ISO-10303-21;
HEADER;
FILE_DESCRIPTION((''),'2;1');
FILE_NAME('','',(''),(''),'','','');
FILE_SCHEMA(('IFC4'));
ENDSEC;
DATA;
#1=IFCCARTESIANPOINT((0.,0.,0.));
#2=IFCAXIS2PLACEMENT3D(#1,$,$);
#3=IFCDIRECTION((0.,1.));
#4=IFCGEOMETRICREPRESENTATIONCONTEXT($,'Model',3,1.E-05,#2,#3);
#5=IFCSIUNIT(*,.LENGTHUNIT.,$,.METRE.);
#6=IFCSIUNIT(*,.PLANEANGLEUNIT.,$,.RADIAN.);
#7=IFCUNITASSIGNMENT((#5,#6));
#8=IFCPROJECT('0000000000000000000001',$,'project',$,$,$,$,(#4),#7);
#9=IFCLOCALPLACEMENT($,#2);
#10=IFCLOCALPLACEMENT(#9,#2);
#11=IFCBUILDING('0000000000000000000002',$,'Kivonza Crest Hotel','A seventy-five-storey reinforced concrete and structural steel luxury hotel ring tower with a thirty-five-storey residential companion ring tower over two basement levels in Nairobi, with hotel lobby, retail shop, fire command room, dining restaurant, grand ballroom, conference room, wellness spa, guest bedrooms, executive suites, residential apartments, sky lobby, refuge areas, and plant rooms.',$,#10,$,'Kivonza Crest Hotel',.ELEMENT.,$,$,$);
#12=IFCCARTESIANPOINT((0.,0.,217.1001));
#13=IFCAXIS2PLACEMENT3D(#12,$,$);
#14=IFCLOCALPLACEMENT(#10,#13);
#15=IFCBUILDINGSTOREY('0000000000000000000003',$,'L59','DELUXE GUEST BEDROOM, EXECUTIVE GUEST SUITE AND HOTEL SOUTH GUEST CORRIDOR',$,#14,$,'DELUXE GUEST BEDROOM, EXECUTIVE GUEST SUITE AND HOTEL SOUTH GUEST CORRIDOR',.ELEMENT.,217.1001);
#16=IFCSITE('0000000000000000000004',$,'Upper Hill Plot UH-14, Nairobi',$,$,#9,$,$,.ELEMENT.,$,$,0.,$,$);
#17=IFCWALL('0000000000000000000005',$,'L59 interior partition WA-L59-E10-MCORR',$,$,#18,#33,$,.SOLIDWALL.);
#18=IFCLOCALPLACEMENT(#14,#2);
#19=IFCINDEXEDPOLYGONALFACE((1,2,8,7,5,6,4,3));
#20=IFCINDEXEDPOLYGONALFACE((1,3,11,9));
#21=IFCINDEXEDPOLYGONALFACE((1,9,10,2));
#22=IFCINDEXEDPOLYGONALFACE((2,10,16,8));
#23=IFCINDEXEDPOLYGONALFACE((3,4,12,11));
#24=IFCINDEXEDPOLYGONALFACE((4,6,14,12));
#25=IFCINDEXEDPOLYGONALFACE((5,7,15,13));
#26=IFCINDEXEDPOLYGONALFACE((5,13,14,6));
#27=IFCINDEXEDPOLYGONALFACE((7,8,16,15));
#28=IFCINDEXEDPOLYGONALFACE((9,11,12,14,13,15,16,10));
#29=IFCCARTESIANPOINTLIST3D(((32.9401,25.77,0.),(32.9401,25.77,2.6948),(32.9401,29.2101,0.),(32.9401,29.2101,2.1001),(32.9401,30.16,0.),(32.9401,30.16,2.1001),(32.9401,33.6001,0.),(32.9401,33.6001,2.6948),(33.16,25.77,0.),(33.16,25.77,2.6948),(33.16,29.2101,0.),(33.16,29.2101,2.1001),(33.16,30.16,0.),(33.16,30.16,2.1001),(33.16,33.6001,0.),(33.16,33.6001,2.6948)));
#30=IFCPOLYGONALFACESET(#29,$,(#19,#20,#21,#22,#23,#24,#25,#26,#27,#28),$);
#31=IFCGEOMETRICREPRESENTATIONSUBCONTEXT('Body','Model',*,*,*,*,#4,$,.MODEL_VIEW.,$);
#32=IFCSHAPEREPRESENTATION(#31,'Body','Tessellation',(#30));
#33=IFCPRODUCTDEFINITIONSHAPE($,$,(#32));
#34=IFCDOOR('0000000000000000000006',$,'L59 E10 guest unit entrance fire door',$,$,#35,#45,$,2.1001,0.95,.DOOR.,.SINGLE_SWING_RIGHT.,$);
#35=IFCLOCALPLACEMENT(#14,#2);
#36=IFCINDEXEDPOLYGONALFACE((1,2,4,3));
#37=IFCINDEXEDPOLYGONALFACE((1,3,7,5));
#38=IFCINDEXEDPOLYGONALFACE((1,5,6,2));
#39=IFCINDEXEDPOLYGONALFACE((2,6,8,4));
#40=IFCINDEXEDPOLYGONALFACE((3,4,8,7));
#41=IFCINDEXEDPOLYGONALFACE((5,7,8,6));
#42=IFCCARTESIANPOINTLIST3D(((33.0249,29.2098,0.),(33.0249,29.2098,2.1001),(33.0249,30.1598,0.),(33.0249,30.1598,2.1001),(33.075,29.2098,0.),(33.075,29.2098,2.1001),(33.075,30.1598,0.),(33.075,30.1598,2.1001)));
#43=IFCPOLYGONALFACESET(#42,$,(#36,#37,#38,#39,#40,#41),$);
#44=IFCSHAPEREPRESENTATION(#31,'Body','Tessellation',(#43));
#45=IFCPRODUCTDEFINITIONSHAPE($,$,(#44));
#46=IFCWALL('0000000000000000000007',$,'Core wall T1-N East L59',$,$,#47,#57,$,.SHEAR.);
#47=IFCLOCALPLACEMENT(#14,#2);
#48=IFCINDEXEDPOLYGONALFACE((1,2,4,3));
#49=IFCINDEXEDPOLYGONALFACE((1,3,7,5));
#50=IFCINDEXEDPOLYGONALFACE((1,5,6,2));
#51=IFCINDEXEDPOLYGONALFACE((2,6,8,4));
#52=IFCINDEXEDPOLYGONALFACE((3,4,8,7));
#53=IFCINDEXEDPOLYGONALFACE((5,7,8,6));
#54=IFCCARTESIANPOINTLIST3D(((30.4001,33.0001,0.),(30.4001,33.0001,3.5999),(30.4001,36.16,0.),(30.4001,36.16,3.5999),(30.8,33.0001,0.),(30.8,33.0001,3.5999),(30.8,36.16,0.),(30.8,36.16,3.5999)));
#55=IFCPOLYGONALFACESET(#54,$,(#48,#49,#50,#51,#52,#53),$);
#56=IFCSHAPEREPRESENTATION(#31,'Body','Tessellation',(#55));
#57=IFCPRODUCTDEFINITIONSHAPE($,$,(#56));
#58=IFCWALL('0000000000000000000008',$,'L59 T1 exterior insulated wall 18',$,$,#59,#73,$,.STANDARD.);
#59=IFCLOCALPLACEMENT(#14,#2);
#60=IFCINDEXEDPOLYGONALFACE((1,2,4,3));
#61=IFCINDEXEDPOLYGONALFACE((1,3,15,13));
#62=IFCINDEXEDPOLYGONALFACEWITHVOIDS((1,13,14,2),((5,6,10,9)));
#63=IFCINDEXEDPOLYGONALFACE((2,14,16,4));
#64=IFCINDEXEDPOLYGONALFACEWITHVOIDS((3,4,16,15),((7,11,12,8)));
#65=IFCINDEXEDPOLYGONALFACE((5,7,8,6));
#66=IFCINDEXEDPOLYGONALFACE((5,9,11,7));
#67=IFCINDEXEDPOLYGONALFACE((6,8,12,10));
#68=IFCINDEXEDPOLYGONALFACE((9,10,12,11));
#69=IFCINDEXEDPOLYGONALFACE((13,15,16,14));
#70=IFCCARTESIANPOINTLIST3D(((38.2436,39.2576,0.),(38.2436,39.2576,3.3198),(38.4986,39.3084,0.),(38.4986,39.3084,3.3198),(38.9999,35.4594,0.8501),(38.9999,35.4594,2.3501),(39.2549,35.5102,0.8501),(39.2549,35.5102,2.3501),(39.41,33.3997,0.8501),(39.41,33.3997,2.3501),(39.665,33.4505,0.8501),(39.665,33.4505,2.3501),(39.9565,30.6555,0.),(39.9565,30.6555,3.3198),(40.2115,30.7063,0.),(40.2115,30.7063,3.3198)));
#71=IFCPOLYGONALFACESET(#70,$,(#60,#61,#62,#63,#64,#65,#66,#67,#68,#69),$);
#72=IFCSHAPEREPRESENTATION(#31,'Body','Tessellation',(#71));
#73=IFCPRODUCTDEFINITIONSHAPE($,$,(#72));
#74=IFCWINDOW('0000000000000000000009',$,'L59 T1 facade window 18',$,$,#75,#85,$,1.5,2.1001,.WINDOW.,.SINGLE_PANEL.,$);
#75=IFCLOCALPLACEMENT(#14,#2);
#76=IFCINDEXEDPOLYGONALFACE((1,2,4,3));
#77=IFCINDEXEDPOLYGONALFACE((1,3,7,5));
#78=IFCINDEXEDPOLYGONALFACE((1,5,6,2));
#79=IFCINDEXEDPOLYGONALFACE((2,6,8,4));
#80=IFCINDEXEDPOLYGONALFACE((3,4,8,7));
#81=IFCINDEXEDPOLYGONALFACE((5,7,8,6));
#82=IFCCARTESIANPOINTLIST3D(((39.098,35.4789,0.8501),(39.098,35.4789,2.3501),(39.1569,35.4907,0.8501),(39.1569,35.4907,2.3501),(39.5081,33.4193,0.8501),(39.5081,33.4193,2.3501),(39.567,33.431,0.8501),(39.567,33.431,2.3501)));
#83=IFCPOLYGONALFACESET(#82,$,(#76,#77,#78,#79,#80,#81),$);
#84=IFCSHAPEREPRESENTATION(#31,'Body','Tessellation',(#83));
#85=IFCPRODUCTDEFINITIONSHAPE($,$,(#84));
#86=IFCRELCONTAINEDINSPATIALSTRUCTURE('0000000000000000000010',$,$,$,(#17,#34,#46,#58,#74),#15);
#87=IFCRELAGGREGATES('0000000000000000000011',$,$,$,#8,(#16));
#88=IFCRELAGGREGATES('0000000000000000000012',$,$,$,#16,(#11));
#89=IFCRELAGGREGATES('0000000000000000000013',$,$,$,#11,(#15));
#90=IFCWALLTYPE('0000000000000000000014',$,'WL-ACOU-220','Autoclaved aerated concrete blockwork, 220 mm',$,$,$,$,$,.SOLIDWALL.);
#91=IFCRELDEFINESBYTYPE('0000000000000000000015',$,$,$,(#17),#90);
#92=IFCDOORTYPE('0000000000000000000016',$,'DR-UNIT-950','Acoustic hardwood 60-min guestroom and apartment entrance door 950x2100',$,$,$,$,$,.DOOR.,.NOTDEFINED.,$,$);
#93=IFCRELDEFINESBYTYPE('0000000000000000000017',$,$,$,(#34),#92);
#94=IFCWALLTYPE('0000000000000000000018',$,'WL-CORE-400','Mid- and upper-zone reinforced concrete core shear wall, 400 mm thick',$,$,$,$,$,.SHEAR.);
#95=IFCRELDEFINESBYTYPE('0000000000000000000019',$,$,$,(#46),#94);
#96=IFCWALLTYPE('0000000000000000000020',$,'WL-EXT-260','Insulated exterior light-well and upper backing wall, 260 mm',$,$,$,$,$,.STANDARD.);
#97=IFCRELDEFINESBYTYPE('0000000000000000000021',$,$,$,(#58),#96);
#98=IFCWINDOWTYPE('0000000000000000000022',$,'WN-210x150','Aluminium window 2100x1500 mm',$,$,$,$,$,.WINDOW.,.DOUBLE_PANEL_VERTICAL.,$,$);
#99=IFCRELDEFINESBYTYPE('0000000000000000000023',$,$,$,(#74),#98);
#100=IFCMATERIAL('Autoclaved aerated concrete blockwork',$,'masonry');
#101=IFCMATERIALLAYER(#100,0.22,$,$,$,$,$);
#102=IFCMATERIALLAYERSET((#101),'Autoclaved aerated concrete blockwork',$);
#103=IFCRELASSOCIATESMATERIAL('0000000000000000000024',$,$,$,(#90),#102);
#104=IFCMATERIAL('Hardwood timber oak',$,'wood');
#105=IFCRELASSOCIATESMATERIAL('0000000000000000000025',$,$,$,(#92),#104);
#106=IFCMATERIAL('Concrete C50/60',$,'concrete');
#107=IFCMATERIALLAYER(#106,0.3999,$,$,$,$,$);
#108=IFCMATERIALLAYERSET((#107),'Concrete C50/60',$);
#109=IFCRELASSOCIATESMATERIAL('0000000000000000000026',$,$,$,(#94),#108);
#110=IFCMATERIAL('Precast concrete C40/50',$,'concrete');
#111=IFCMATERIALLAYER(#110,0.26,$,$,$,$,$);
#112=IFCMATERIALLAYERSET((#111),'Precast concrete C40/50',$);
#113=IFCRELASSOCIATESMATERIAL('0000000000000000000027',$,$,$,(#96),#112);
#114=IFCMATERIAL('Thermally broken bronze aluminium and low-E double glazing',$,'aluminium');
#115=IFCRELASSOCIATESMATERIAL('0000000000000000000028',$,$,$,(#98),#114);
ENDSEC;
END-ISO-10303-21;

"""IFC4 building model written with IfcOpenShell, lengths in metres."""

from ifc_helpers import new_model, si_unit, direction, frame, frame_2d, origin, place, context, subcontext, project, spatial, rectangle, extrude, material, layer, layer_set, type_object, element, fill, save


model = new_model("IFC4")

# Units and contexts
model_context = context("Model", 3, precision=1e-05, world=origin(), true_north=direction((0.0, 1.0)))
body_context = subcontext(model_context, "Body", "Model", "MODEL_VIEW")
ifc_project = project(units=[si_unit("LENGTHUNIT", "METRE"), si_unit("PLANEANGLEUNIT", "RADIAN")], contexts=[model_context])

# Site, building, storey
site_placement = place(None, origin())
site = spatial("IfcSite", under=ifc_project, at=site_placement, Name="Upper Hill Plot UH-14, Nairobi", CompositionType="ELEMENT", RefElevation=0.0)
building_placement = place(site_placement, origin())
building = spatial("IfcBuilding", under=site, at=building_placement, Name="Kivonza Crest Hotel", Description="A seventy-five-storey reinforced concrete and structural steel luxury hotel ring tower with a thirty-five-storey residential companion ring tower over two basement levels in Nairobi, with hotel lobby, retail shop, fire command room, dining restaurant, grand ballroom, conference room, wellness spa, guest bedrooms, executive suites, residential apartments, sky lobby, refuge areas, and plant rooms.", LongName="Kivonza Crest Hotel", CompositionType="ELEMENT")
storey_placement = place(building_placement, frame((0.0, 0.0, 217.1001)))
storey = spatial("IfcBuildingStorey", under=building, at=storey_placement, Name="L59", Description="DELUXE GUEST BEDROOM, EXECUTIVE GUEST SUITE AND HOTEL SOUTH GUEST CORRIDOR", LongName="DELUXE GUEST BEDROOM, EXECUTIVE GUEST SUITE AND HOTEL SOUTH GUEST CORRIDOR", CompositionType="ELEMENT", Elevation=217.1001)

# Shared definitions
ifc_material_1 = material(Name="Concrete C50/60", Category="concrete")

# Wall, opening, door
ifc_material_2 = material(Name="Autoclaved aerated concrete blockwork", Category="masonry")
ifc_layer_1 = layer(ifc_material_2, 0.22)
ifc_layer_set_1 = layer_set([ifc_layer_1], Name="Autoclaved aerated concrete blockwork")
wall_type_1 = type_object("IfcWallType", Name="WL-ACOU-220", Description="Autoclaved aerated concrete blockwork, 220 mm", PredefinedType="SOLIDWALL", material=ifc_layer_set_1)
wall_1_placement = place(storey_placement, frame((33.05, 25.77, 0.0), z_axis=(0.0, 0.0, 1.0), x_axis=(0.0, 1.0, 0.0)))
wall_1 = element("IfcWall", 1, at=wall_1_placement, inside=storey, type_object=wall_type_1, Name="L59 interior partition WA-L59-E10-MCORR", PredefinedType="SOLIDWALL", context=body_context, shape_type="SweptSolid", body=[
    extrude(rectangle(XDim=7.8301, YDim=0.22, at=frame_2d((3.915, 0.0))), origin(), (0.0, 0.0, 1.0), 2.6948),
])
opening_1_placement = place(wall_1_placement, frame((3.4399, 0.0, 0.0)))
opening_1 = element("IfcOpeningElement", 2, at=opening_1_placement, cuts=wall_1, PredefinedType="OPENING", context=body_context, shape_type="SweptSolid", body=[
    extrude(rectangle(XDim=0.95, YDim=2.1001, at=frame_2d((0.4751, 1.05))), frame((0.0, 0.1201, 0.0), z_axis=(0.0, -1.0, 0.0), x_axis=(1.0, 0.0, 0.0)), (0.0, 0.0, 1.0), 0.24),
])
ifc_material_3 = material(Name="Hardwood timber oak", Category="wood")
door_type = type_object("IfcDoorType", Name="DR-UNIT-950", Description="Acoustic hardwood 60-min guestroom and apartment entrance door 950x2100", OperationType="NOTDEFINED", PredefinedType="DOOR", material=ifc_material_3)
door_placement = place(opening_1_placement, frame((0.95, 0.0, 0.0), z_axis=(0.0, 0.0, 1.0), x_axis=(-1.0, 0.0, 0.0)))
door = element("IfcDoor", 3, at=door_placement, inside=storey, type_object=door_type, Name="L59 E10 guest unit entrance fire door", OperationType="SINGLE_SWING_RIGHT", OverallHeight=2.1001, OverallWidth=0.95, PredefinedType="DOOR", context=body_context, shape_type="SweptSolid", body=[
    extrude(rectangle(XDim=0.95, YDim=2.1001, at=frame_2d((0.4751, 1.05))), frame((0.0, 0.0249, 0.0), z_axis=(0.0, -1.0, 0.0), x_axis=(1.0, 0.0, 0.0)), (0.0, 0.0, 1.0), 0.05),
])
fill(opening_1, door)

# Wall
ifc_layer_2 = layer(ifc_material_1, 0.3999)
ifc_layer_set_2 = layer_set([ifc_layer_2], Name="Concrete C50/60")
wall_type_2 = type_object("IfcWallType", Name="WL-CORE-400", Description="Mid- and upper-zone reinforced concrete core shear wall, 400 mm thick", PredefinedType="SHEAR", material=ifc_layer_set_2)
wall_2_placement = place(storey_placement, frame((30.6001, 33.0, 0.0), z_axis=(0.0, 0.0, 1.0), x_axis=(0.0, 1.0, 0.0)))
element("IfcWall", 4, at=wall_2_placement, inside=storey, type_object=wall_type_2, Name="Core wall T1-N East L59", PredefinedType="SHEAR", context=body_context, shape_type="SweptSolid", body=[
    extrude(rectangle(XDim=3.1599, YDim=0.3999, at=frame_2d((1.5801, 0.0))), origin(), (0.0, 0.0, 1.0), 3.5999),
])

# Wall, opening, window
ifc_material_4 = material(Name="Precast concrete C40/50", Category="concrete")
ifc_layer_3 = layer(ifc_material_4, 0.26)
ifc_layer_set_3 = layer_set([ifc_layer_3], Name="Precast concrete C40/50")
wall_type_3 = type_object("IfcWallType", Name="WL-EXT-260", Description="Insulated exterior light-well and upper backing wall, 260 mm", PredefinedType="STANDARD", material=ifc_layer_set_3)
wall_3_placement = place(storey_placement, frame((40.084, 30.6809, 0.0), z_axis=(0.0, 0.0, 1.0), x_axis=(-0.195292, 0.980745, 0.0)))
wall_3 = element("IfcWall", 5, at=wall_3_placement, inside=storey, type_object=wall_type_3, Name="L59 T1 exterior insulated wall 18", PredefinedType="STANDARD", context=body_context, shape_type="SweptSolid", body=[
    extrude(rectangle(XDim=8.771, YDim=0.26, at=frame_2d((4.3855, 0.0))), origin(), (0.0, 0.0, 1.0), 3.3198),
])
opening_2_placement = place(wall_3_placement, frame((2.7981, 0.0, 0.8501)))
opening_2 = element("IfcOpeningElement", 6, at=opening_2_placement, cuts=wall_3, PredefinedType="OPENING", context=body_context, shape_type="SweptSolid", body=[
    extrude(rectangle(XDim=2.1001, YDim=1.5, at=frame_2d((1.05, 0.75))), frame((0.0, 0.1401, 0.0), z_axis=(0.0, -1.0, 0.0), x_axis=(1.0, 0.0, 0.0)), (0.0, 0.0, 1.0), 0.28),
])
ifc_material_5 = material(Name="Thermally broken bronze aluminium and low-E double glazing", Category="aluminium")
window_type = type_object("IfcWindowType", Name="WN-210x150", Description="Aluminium window 2100x1500 mm", PartitioningType="DOUBLE_PANEL_VERTICAL", PredefinedType="WINDOW", material=ifc_material_5)
window_placement = place(opening_2_placement, origin())
window = element("IfcWindow", 7, at=window_placement, inside=storey, type_object=window_type, Name="L59 T1 facade window 18", OverallHeight=1.5, OverallWidth=2.1001, PartitioningType="SINGLE_PANEL", PredefinedType="WINDOW", context=body_context, shape_type="SweptSolid", body=[
    extrude(rectangle(XDim=2.1001, YDim=1.5, at=frame_2d((1.05, 0.75))), frame((0.0, 0.03, 0.0), z_axis=(0.0, -1.0, 0.0), x_axis=(1.0, 0.0, 0.0)), (0.0, 0.0, 1.0), 0.0601),
])
fill(opening_2, window)

save(model, "model.ifc")
